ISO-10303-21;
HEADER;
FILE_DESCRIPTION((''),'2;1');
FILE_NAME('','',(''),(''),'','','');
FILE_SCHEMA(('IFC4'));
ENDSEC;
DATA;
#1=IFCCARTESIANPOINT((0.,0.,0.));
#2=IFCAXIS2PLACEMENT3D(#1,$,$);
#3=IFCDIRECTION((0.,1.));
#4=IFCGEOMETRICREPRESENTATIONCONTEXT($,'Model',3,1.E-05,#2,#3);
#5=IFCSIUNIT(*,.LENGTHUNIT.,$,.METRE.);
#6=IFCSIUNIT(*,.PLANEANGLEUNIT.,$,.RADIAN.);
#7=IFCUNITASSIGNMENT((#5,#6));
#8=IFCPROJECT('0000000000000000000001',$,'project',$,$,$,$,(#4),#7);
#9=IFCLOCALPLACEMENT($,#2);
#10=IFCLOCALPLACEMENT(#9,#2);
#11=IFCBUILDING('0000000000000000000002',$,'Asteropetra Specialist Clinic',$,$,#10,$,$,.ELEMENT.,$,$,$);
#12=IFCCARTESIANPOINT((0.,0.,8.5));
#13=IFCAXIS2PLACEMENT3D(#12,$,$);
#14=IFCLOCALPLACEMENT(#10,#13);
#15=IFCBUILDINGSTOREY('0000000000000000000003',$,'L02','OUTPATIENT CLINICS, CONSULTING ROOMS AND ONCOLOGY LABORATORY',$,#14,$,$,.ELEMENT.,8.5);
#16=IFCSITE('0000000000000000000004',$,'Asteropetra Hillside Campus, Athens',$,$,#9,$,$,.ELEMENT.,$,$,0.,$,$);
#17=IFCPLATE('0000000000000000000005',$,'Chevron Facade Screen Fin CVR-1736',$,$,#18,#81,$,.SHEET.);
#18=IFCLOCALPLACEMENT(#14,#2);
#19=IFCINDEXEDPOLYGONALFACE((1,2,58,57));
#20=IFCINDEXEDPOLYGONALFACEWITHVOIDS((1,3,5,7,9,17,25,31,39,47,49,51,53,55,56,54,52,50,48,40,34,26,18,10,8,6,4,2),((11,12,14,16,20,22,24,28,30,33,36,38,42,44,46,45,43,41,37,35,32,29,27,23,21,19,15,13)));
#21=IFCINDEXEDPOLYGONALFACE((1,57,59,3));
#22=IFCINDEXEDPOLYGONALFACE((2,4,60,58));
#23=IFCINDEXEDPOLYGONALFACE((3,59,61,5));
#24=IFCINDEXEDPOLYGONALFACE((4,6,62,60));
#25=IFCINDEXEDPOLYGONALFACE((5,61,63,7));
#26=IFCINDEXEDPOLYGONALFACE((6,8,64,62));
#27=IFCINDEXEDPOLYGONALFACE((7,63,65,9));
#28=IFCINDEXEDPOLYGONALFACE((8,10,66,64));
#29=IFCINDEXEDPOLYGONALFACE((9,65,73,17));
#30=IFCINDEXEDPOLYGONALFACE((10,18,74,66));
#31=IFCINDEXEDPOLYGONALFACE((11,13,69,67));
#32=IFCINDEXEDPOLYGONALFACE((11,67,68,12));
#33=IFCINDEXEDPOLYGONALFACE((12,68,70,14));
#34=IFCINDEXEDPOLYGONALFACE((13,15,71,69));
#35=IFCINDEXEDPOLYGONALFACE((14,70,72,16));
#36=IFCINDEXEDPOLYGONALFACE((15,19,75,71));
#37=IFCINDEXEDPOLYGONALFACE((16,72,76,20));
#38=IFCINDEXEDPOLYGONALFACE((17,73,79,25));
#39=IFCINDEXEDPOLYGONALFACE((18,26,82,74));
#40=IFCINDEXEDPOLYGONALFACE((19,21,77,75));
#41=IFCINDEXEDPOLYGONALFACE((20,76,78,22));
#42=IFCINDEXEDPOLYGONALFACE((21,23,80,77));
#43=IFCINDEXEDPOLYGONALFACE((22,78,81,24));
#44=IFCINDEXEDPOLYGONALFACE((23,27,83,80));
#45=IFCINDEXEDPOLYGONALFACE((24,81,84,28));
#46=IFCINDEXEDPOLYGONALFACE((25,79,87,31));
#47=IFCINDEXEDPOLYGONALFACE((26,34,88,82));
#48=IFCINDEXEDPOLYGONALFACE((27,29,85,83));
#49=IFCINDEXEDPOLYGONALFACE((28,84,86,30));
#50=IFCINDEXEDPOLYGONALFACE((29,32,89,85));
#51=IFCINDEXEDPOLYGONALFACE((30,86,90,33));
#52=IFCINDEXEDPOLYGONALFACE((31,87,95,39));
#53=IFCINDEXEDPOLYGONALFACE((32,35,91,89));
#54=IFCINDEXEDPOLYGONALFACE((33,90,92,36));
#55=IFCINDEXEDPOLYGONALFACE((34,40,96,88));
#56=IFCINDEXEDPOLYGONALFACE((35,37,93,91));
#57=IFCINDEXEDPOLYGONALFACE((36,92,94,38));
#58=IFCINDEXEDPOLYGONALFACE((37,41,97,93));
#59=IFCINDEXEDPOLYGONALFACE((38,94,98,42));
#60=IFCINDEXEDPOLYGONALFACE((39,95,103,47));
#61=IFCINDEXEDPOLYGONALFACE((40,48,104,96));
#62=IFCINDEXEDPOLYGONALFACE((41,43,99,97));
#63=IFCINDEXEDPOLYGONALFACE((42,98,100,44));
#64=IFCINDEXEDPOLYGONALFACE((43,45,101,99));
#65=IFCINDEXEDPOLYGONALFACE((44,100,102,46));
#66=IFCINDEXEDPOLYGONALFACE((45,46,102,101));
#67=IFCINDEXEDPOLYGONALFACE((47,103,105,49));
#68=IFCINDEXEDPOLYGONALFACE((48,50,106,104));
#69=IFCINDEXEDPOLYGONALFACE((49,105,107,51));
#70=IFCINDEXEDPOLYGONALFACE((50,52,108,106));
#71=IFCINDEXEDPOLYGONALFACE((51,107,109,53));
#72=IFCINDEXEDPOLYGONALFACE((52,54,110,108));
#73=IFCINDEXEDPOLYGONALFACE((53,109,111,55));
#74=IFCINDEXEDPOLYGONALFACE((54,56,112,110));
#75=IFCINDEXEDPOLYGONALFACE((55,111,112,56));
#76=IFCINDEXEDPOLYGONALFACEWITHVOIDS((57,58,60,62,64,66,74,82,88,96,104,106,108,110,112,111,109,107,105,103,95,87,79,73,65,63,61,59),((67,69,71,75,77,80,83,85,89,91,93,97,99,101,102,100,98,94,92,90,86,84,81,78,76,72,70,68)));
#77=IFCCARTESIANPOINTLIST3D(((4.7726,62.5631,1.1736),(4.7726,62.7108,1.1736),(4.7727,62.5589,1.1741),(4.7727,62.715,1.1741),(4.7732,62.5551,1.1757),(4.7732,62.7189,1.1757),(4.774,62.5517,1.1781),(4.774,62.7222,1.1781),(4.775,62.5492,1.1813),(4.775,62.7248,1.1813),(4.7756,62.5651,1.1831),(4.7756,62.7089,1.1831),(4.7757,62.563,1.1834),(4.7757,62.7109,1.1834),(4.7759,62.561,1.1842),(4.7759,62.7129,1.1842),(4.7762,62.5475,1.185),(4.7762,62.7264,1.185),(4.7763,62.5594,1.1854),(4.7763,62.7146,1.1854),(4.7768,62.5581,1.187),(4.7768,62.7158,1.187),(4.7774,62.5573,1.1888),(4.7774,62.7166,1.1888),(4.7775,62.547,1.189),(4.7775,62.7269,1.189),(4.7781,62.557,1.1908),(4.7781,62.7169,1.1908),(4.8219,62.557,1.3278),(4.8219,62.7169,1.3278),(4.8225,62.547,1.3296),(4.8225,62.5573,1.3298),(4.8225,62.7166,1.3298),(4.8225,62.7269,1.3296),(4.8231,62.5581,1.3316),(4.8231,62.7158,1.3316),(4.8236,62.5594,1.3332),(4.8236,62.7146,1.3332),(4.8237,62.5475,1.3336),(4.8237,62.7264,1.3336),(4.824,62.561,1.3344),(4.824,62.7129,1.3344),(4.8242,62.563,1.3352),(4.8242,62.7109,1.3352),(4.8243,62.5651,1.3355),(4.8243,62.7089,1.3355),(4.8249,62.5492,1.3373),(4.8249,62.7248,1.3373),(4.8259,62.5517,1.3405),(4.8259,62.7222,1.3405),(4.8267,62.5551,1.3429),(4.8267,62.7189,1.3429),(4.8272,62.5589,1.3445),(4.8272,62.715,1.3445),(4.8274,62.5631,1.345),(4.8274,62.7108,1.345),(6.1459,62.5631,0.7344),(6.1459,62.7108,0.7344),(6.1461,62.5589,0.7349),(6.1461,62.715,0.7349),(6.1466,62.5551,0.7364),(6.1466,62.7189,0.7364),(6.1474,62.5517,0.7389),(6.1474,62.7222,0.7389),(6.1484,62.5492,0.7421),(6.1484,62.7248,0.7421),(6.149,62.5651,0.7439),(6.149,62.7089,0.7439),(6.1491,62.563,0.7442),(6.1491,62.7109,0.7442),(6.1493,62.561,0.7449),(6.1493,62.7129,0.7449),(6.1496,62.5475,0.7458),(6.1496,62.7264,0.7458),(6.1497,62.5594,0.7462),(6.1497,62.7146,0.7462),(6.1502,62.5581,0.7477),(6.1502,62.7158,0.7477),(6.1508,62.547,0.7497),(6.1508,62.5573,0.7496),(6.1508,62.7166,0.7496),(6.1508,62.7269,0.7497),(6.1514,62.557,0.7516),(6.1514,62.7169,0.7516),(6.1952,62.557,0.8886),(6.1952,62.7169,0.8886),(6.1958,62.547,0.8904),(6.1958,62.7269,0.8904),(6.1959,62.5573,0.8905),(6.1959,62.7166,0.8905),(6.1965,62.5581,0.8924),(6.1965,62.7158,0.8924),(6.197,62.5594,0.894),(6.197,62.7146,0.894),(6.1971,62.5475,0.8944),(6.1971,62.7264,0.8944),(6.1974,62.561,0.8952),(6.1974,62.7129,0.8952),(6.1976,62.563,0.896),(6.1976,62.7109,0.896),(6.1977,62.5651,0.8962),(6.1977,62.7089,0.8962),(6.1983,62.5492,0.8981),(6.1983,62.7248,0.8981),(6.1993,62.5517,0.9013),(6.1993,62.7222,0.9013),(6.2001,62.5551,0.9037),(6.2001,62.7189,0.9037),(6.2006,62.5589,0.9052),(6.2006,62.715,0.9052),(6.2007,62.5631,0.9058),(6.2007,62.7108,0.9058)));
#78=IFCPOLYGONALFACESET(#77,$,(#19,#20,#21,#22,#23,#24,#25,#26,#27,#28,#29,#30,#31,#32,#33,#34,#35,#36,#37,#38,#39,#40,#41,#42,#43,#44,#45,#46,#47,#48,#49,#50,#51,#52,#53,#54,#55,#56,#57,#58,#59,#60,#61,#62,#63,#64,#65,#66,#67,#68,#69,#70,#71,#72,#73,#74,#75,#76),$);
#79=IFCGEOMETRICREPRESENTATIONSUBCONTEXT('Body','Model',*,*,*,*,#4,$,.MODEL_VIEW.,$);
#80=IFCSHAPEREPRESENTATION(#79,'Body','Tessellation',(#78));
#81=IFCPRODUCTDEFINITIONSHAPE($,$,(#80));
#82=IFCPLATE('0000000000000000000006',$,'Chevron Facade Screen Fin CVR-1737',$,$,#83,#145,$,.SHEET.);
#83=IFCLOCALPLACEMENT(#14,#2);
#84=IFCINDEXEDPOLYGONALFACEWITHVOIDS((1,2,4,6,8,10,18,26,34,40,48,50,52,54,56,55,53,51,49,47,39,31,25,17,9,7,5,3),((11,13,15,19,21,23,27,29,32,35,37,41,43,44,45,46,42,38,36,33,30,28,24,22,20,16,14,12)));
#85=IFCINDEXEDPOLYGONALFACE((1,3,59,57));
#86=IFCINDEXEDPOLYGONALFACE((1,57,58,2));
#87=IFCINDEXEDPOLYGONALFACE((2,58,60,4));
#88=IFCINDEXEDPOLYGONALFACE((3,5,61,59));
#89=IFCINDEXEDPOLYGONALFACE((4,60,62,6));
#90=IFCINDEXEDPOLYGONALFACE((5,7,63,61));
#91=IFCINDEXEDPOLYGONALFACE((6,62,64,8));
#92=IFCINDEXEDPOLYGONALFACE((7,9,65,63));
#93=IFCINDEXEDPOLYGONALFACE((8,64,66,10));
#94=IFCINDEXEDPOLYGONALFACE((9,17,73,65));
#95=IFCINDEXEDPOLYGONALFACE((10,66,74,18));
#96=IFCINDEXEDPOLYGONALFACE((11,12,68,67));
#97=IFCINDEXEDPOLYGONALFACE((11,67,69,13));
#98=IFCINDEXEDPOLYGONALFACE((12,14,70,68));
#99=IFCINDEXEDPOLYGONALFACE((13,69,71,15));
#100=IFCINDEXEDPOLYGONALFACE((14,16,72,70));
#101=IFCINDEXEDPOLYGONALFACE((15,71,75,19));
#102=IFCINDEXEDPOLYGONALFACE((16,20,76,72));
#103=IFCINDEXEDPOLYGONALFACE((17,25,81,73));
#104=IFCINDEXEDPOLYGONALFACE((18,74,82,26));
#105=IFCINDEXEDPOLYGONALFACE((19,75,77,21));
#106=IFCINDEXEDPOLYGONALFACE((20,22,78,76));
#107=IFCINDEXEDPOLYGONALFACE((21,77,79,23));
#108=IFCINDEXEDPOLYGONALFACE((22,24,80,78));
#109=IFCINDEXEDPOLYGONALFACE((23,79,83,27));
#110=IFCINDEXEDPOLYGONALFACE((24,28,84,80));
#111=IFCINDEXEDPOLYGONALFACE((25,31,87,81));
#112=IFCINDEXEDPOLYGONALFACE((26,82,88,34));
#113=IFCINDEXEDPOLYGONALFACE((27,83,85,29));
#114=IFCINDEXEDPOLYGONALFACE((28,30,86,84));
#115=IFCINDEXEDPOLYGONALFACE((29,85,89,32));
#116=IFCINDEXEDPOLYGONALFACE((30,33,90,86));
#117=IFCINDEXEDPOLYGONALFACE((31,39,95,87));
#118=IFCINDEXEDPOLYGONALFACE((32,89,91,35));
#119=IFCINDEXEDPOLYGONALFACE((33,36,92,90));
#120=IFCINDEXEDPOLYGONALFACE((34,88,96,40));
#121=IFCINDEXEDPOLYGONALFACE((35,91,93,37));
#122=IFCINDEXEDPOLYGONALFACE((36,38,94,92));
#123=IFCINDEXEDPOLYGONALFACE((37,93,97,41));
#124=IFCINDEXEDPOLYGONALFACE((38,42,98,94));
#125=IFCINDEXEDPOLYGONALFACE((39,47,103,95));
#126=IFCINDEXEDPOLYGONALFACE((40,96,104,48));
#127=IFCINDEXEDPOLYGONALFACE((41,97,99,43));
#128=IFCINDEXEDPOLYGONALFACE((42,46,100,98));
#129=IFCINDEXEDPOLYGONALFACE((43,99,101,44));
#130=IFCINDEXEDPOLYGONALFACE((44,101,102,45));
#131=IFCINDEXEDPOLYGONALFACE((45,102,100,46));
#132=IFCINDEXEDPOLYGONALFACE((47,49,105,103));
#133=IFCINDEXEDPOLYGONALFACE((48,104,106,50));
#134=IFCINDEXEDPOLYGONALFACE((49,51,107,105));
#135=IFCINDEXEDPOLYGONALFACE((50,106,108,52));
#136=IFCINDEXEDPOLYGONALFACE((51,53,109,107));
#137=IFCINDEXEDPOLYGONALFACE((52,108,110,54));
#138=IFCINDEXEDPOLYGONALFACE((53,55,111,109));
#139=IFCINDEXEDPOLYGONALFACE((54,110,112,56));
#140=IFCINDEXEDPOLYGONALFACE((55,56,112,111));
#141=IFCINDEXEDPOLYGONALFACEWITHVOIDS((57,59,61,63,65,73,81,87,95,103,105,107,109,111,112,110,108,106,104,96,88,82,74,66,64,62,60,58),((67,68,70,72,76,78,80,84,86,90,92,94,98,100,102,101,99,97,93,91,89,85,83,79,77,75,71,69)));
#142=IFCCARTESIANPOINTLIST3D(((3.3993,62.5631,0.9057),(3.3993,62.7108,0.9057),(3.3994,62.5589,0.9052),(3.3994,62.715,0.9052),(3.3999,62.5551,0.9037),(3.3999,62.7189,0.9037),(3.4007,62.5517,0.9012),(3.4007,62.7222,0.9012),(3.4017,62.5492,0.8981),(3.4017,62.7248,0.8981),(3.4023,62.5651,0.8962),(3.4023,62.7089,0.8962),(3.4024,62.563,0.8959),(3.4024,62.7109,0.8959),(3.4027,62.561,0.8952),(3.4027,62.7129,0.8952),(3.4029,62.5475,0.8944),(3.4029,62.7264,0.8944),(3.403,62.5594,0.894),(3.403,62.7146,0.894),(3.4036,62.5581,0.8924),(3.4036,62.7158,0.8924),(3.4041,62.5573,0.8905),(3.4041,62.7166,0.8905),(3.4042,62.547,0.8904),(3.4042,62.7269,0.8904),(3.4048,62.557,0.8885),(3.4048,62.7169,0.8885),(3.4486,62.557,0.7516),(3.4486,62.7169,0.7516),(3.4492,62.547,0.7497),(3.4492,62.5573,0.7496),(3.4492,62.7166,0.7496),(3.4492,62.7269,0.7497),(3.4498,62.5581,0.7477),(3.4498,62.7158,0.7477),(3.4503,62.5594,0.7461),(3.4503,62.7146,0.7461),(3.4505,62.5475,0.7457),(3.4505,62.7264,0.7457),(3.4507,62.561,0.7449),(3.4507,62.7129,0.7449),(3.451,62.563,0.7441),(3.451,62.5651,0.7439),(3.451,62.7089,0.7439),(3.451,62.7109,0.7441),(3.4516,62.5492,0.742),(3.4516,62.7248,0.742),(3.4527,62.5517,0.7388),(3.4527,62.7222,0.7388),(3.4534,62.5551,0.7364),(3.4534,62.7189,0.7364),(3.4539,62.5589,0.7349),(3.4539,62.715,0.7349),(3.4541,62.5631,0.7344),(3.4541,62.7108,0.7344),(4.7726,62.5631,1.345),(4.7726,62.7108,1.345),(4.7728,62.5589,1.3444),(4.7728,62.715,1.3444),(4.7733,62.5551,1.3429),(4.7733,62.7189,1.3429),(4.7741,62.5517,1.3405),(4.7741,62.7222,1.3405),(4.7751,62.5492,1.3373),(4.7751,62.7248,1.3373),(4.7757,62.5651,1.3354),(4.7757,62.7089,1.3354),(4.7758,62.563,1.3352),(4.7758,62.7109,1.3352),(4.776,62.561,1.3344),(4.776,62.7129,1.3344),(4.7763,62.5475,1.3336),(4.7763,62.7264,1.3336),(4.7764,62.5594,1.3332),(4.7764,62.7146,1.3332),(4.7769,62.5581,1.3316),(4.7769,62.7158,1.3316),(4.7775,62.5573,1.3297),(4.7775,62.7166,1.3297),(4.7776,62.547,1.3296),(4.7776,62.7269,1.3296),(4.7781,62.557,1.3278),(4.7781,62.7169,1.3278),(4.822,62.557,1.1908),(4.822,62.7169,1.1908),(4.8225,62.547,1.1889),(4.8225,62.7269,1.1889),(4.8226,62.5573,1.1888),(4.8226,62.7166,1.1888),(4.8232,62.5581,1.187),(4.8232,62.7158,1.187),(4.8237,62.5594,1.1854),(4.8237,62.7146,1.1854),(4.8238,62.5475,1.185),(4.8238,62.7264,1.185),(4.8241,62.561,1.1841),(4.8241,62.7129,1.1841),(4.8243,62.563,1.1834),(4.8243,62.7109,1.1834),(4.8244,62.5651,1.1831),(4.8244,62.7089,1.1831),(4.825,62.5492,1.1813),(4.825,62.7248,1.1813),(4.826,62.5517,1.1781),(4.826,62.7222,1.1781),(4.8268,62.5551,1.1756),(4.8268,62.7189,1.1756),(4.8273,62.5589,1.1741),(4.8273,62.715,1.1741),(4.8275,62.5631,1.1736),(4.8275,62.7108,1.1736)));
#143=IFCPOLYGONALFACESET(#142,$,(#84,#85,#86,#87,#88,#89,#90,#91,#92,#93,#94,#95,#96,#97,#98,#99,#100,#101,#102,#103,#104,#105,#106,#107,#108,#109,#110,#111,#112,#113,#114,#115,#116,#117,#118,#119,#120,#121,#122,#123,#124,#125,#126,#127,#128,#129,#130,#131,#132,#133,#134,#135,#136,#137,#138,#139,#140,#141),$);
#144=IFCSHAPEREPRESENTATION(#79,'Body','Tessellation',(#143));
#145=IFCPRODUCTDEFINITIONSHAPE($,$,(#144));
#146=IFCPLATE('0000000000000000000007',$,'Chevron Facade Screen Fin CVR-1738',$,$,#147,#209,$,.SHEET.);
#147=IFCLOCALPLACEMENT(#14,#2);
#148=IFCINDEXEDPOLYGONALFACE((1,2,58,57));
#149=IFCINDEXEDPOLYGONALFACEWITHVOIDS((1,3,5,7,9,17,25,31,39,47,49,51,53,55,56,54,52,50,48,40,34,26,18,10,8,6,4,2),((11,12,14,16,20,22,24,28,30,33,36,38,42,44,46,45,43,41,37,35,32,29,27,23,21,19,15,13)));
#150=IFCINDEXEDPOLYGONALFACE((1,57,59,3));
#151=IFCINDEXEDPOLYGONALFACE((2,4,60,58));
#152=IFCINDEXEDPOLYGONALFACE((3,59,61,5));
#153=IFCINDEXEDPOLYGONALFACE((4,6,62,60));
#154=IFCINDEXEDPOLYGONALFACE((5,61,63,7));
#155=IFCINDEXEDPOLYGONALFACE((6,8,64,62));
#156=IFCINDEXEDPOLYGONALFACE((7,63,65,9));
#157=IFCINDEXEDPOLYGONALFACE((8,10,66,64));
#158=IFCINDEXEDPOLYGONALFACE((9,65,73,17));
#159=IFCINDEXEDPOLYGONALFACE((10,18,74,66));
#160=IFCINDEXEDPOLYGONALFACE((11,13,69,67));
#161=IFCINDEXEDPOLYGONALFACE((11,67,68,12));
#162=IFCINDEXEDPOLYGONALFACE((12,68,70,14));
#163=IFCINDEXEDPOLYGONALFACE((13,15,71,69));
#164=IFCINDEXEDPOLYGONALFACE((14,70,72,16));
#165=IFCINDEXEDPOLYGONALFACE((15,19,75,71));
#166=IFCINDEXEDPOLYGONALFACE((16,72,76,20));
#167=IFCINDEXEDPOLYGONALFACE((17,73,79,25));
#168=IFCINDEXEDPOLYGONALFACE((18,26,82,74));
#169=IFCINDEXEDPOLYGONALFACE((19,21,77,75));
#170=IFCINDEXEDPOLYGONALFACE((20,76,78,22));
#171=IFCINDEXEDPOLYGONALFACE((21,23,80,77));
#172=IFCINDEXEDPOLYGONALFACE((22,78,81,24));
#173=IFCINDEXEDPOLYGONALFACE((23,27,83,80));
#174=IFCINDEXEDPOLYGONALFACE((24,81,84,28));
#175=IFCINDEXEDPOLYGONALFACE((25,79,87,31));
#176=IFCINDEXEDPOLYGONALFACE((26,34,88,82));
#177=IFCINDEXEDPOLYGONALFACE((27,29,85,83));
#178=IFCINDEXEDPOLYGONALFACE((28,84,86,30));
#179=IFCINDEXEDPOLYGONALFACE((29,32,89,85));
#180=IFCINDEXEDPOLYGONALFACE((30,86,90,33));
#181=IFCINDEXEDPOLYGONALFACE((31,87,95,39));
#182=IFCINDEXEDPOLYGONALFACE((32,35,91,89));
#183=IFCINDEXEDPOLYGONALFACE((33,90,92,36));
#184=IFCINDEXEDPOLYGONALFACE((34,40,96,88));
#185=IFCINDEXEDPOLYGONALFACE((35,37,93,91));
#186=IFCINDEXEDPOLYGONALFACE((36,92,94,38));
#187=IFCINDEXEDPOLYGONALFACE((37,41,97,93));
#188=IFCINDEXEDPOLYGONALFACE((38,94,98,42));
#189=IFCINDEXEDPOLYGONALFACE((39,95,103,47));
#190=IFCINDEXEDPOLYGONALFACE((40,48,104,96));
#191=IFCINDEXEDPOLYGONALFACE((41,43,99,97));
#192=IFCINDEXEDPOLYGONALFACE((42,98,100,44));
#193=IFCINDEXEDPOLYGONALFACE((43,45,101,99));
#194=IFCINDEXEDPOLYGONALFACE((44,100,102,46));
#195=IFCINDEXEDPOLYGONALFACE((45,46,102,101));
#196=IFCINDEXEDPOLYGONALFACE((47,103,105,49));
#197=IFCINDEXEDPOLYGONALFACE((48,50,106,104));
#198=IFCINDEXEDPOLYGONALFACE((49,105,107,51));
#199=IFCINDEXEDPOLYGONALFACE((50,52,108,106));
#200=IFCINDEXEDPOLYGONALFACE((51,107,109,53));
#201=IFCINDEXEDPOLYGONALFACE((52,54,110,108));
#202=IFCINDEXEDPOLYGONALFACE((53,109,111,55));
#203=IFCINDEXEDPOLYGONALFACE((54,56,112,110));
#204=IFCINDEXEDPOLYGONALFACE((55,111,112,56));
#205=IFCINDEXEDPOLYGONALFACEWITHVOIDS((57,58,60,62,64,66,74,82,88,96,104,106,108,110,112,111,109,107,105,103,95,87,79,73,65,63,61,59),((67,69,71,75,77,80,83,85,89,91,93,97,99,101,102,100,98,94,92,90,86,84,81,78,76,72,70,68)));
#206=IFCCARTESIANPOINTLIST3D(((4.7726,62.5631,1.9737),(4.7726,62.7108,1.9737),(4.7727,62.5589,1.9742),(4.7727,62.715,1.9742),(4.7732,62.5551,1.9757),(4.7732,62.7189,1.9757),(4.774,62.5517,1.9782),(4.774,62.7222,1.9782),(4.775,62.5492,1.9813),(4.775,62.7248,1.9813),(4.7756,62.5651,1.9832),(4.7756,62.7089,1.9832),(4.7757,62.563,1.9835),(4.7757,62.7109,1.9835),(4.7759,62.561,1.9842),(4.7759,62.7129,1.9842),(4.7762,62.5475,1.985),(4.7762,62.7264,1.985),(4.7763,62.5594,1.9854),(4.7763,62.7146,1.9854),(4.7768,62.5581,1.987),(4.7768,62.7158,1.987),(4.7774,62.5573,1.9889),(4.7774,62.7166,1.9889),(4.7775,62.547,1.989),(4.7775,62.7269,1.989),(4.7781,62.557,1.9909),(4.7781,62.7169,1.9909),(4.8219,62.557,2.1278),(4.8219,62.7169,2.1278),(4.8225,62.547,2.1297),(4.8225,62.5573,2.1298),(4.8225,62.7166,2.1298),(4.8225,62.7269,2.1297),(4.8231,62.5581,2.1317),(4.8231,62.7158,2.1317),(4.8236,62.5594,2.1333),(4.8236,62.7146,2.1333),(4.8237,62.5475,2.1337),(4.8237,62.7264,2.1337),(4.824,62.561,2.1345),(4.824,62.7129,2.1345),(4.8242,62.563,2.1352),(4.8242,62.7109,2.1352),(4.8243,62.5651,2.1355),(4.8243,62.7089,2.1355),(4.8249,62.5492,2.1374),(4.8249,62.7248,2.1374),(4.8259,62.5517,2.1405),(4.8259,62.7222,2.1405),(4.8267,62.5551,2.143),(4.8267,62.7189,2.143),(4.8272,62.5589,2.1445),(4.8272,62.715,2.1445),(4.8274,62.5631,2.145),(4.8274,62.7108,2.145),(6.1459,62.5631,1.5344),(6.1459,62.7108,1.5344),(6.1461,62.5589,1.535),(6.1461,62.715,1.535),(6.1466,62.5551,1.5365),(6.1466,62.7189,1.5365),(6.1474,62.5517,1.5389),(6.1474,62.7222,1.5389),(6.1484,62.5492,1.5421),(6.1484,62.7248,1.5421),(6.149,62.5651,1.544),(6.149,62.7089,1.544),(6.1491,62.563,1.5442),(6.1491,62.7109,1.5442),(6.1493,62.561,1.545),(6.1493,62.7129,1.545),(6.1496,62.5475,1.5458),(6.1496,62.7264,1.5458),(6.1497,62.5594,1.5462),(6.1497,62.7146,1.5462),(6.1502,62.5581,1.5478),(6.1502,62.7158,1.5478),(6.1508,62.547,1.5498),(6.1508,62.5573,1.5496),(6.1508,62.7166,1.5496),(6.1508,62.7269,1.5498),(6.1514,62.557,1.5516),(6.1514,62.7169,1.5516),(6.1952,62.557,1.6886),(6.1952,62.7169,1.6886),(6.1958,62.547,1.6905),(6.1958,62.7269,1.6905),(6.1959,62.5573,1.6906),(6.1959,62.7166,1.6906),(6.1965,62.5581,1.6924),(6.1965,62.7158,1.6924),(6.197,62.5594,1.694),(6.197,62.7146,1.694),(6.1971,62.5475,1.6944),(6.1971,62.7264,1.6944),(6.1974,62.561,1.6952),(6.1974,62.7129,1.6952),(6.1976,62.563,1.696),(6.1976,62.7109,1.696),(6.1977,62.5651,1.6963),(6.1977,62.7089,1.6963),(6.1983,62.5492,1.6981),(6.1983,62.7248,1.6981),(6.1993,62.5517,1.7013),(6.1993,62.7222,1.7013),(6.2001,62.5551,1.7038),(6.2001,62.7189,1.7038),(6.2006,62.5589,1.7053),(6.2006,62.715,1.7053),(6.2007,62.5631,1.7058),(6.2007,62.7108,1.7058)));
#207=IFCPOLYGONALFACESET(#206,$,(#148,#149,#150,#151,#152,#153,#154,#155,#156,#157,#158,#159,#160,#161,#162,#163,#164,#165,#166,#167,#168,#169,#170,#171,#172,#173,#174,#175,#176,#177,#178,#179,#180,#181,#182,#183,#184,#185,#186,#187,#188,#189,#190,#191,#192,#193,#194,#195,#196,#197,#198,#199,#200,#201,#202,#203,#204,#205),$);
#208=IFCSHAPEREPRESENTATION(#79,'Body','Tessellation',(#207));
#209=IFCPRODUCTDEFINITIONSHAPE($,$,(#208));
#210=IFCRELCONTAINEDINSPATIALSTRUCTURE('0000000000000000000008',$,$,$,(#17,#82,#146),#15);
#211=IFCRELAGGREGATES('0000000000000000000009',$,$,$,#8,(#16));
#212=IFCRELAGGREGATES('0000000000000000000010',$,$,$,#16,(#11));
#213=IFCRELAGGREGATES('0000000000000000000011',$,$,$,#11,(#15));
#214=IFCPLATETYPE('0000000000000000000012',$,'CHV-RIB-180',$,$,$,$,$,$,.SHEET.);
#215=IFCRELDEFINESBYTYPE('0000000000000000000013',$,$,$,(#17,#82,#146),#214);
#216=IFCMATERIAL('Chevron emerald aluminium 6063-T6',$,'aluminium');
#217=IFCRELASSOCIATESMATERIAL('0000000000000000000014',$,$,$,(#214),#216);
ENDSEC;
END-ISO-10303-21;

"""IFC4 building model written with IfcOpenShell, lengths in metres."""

from ifc_helpers import new_model, si_unit, direction, frame, origin, origin_2d, place, context, subcontext, project, spatial, hollow_rectangle, extrude, material, material_profile, profile_set, type_object, element, save


model = new_model("IFC4")

# Units and contexts
model_context = context("Model", 3, precision=1e-05, world=origin(), true_north=direction((0.0, 1.0)))
body_context = subcontext(model_context, "Body", "Model", "MODEL_VIEW")
ifc_project = project(units=[si_unit("LENGTHUNIT", "METRE"), si_unit("PLANEANGLEUNIT", "RADIAN")], contexts=[model_context])

# Site, building, storey
site_placement = place(None, origin())
site = spatial("IfcSite", under=ifc_project, at=site_placement, Name="Asteropetra Hillside Campus, Athens", CompositionType="ELEMENT", RefElevation=0.0)
building_placement = place(site_placement, origin())
building = spatial("IfcBuilding", under=site, at=building_placement, Name="Asteropetra Specialist Clinic", CompositionType="ELEMENT")
storey_placement = place(building_placement, frame((0.0, 0.0, 8.5)))
storey = spatial("IfcBuildingStorey", under=building, at=storey_placement, Name="L02", Description="OUTPATIENT CLINICS, CONSULTING ROOMS AND ONCOLOGY LABORATORY", CompositionType="ELEMENT", Elevation=8.5)

# Plates
ifc_material_1 = material(Name="Chevron emerald aluminium 6063-T6", Category="aluminium")
ifc_material_profile_1 = material_profile(ifc_material_1, hollow_rectangle(XDim=0.1799, YDim=0.1799, WallThickness=0.01, InnerFilletRadius=0.0081, OuterFilletRadius=0.0161, at=origin_2d()), Name="SHS 180x180x10.0")
ifc_profile_set_1 = profile_set([ifc_material_profile_1], Name="Chevron emerald aluminium 6063-T6")
plate_type_1 = type_object("IfcPlateType", Name="CHV-RIB-180", PredefinedType="SHEET", material=ifc_profile_set_1)
for number, where, z_axis, x_axis, name in (
    (1, (6.1733, 62.637, 0.8201), (-0.952473, 0.0, 0.304622), (0.0, -1.0, 0.0), "Chevron Facade Screen Fin CVR-1736"),
    (2, (4.8, 62.637, 1.2593), (-0.952473, 0.0, -0.304622), (0.0, -1.0, 0.0), "Chevron Facade Screen Fin CVR-1737"),
    (3, (6.1733, 62.637, 1.6201), (-0.952473, 0.0, 0.304622), (0.0, -1.0, 0.0), "Chevron Facade Screen Fin CVR-1738"),
):
    element("IfcPlate", number, at=place(storey_placement, frame(where, z_axis=z_axis, x_axis=x_axis)), inside=storey, type_object=plate_type_1, Name=name, PredefinedType="SHEET", context=body_context, shape_type="SweptSolid", body=[
        extrude(hollow_rectangle(XDim=0.1799, YDim=0.1799, WallThickness=0.01, InnerFilletRadius=0.0081, OuterFilletRadius=0.0161, at=origin_2d()), origin(), (0.0, 0.0, 1.0), 1.4419),
    ])

save(model, "model.ifc")
